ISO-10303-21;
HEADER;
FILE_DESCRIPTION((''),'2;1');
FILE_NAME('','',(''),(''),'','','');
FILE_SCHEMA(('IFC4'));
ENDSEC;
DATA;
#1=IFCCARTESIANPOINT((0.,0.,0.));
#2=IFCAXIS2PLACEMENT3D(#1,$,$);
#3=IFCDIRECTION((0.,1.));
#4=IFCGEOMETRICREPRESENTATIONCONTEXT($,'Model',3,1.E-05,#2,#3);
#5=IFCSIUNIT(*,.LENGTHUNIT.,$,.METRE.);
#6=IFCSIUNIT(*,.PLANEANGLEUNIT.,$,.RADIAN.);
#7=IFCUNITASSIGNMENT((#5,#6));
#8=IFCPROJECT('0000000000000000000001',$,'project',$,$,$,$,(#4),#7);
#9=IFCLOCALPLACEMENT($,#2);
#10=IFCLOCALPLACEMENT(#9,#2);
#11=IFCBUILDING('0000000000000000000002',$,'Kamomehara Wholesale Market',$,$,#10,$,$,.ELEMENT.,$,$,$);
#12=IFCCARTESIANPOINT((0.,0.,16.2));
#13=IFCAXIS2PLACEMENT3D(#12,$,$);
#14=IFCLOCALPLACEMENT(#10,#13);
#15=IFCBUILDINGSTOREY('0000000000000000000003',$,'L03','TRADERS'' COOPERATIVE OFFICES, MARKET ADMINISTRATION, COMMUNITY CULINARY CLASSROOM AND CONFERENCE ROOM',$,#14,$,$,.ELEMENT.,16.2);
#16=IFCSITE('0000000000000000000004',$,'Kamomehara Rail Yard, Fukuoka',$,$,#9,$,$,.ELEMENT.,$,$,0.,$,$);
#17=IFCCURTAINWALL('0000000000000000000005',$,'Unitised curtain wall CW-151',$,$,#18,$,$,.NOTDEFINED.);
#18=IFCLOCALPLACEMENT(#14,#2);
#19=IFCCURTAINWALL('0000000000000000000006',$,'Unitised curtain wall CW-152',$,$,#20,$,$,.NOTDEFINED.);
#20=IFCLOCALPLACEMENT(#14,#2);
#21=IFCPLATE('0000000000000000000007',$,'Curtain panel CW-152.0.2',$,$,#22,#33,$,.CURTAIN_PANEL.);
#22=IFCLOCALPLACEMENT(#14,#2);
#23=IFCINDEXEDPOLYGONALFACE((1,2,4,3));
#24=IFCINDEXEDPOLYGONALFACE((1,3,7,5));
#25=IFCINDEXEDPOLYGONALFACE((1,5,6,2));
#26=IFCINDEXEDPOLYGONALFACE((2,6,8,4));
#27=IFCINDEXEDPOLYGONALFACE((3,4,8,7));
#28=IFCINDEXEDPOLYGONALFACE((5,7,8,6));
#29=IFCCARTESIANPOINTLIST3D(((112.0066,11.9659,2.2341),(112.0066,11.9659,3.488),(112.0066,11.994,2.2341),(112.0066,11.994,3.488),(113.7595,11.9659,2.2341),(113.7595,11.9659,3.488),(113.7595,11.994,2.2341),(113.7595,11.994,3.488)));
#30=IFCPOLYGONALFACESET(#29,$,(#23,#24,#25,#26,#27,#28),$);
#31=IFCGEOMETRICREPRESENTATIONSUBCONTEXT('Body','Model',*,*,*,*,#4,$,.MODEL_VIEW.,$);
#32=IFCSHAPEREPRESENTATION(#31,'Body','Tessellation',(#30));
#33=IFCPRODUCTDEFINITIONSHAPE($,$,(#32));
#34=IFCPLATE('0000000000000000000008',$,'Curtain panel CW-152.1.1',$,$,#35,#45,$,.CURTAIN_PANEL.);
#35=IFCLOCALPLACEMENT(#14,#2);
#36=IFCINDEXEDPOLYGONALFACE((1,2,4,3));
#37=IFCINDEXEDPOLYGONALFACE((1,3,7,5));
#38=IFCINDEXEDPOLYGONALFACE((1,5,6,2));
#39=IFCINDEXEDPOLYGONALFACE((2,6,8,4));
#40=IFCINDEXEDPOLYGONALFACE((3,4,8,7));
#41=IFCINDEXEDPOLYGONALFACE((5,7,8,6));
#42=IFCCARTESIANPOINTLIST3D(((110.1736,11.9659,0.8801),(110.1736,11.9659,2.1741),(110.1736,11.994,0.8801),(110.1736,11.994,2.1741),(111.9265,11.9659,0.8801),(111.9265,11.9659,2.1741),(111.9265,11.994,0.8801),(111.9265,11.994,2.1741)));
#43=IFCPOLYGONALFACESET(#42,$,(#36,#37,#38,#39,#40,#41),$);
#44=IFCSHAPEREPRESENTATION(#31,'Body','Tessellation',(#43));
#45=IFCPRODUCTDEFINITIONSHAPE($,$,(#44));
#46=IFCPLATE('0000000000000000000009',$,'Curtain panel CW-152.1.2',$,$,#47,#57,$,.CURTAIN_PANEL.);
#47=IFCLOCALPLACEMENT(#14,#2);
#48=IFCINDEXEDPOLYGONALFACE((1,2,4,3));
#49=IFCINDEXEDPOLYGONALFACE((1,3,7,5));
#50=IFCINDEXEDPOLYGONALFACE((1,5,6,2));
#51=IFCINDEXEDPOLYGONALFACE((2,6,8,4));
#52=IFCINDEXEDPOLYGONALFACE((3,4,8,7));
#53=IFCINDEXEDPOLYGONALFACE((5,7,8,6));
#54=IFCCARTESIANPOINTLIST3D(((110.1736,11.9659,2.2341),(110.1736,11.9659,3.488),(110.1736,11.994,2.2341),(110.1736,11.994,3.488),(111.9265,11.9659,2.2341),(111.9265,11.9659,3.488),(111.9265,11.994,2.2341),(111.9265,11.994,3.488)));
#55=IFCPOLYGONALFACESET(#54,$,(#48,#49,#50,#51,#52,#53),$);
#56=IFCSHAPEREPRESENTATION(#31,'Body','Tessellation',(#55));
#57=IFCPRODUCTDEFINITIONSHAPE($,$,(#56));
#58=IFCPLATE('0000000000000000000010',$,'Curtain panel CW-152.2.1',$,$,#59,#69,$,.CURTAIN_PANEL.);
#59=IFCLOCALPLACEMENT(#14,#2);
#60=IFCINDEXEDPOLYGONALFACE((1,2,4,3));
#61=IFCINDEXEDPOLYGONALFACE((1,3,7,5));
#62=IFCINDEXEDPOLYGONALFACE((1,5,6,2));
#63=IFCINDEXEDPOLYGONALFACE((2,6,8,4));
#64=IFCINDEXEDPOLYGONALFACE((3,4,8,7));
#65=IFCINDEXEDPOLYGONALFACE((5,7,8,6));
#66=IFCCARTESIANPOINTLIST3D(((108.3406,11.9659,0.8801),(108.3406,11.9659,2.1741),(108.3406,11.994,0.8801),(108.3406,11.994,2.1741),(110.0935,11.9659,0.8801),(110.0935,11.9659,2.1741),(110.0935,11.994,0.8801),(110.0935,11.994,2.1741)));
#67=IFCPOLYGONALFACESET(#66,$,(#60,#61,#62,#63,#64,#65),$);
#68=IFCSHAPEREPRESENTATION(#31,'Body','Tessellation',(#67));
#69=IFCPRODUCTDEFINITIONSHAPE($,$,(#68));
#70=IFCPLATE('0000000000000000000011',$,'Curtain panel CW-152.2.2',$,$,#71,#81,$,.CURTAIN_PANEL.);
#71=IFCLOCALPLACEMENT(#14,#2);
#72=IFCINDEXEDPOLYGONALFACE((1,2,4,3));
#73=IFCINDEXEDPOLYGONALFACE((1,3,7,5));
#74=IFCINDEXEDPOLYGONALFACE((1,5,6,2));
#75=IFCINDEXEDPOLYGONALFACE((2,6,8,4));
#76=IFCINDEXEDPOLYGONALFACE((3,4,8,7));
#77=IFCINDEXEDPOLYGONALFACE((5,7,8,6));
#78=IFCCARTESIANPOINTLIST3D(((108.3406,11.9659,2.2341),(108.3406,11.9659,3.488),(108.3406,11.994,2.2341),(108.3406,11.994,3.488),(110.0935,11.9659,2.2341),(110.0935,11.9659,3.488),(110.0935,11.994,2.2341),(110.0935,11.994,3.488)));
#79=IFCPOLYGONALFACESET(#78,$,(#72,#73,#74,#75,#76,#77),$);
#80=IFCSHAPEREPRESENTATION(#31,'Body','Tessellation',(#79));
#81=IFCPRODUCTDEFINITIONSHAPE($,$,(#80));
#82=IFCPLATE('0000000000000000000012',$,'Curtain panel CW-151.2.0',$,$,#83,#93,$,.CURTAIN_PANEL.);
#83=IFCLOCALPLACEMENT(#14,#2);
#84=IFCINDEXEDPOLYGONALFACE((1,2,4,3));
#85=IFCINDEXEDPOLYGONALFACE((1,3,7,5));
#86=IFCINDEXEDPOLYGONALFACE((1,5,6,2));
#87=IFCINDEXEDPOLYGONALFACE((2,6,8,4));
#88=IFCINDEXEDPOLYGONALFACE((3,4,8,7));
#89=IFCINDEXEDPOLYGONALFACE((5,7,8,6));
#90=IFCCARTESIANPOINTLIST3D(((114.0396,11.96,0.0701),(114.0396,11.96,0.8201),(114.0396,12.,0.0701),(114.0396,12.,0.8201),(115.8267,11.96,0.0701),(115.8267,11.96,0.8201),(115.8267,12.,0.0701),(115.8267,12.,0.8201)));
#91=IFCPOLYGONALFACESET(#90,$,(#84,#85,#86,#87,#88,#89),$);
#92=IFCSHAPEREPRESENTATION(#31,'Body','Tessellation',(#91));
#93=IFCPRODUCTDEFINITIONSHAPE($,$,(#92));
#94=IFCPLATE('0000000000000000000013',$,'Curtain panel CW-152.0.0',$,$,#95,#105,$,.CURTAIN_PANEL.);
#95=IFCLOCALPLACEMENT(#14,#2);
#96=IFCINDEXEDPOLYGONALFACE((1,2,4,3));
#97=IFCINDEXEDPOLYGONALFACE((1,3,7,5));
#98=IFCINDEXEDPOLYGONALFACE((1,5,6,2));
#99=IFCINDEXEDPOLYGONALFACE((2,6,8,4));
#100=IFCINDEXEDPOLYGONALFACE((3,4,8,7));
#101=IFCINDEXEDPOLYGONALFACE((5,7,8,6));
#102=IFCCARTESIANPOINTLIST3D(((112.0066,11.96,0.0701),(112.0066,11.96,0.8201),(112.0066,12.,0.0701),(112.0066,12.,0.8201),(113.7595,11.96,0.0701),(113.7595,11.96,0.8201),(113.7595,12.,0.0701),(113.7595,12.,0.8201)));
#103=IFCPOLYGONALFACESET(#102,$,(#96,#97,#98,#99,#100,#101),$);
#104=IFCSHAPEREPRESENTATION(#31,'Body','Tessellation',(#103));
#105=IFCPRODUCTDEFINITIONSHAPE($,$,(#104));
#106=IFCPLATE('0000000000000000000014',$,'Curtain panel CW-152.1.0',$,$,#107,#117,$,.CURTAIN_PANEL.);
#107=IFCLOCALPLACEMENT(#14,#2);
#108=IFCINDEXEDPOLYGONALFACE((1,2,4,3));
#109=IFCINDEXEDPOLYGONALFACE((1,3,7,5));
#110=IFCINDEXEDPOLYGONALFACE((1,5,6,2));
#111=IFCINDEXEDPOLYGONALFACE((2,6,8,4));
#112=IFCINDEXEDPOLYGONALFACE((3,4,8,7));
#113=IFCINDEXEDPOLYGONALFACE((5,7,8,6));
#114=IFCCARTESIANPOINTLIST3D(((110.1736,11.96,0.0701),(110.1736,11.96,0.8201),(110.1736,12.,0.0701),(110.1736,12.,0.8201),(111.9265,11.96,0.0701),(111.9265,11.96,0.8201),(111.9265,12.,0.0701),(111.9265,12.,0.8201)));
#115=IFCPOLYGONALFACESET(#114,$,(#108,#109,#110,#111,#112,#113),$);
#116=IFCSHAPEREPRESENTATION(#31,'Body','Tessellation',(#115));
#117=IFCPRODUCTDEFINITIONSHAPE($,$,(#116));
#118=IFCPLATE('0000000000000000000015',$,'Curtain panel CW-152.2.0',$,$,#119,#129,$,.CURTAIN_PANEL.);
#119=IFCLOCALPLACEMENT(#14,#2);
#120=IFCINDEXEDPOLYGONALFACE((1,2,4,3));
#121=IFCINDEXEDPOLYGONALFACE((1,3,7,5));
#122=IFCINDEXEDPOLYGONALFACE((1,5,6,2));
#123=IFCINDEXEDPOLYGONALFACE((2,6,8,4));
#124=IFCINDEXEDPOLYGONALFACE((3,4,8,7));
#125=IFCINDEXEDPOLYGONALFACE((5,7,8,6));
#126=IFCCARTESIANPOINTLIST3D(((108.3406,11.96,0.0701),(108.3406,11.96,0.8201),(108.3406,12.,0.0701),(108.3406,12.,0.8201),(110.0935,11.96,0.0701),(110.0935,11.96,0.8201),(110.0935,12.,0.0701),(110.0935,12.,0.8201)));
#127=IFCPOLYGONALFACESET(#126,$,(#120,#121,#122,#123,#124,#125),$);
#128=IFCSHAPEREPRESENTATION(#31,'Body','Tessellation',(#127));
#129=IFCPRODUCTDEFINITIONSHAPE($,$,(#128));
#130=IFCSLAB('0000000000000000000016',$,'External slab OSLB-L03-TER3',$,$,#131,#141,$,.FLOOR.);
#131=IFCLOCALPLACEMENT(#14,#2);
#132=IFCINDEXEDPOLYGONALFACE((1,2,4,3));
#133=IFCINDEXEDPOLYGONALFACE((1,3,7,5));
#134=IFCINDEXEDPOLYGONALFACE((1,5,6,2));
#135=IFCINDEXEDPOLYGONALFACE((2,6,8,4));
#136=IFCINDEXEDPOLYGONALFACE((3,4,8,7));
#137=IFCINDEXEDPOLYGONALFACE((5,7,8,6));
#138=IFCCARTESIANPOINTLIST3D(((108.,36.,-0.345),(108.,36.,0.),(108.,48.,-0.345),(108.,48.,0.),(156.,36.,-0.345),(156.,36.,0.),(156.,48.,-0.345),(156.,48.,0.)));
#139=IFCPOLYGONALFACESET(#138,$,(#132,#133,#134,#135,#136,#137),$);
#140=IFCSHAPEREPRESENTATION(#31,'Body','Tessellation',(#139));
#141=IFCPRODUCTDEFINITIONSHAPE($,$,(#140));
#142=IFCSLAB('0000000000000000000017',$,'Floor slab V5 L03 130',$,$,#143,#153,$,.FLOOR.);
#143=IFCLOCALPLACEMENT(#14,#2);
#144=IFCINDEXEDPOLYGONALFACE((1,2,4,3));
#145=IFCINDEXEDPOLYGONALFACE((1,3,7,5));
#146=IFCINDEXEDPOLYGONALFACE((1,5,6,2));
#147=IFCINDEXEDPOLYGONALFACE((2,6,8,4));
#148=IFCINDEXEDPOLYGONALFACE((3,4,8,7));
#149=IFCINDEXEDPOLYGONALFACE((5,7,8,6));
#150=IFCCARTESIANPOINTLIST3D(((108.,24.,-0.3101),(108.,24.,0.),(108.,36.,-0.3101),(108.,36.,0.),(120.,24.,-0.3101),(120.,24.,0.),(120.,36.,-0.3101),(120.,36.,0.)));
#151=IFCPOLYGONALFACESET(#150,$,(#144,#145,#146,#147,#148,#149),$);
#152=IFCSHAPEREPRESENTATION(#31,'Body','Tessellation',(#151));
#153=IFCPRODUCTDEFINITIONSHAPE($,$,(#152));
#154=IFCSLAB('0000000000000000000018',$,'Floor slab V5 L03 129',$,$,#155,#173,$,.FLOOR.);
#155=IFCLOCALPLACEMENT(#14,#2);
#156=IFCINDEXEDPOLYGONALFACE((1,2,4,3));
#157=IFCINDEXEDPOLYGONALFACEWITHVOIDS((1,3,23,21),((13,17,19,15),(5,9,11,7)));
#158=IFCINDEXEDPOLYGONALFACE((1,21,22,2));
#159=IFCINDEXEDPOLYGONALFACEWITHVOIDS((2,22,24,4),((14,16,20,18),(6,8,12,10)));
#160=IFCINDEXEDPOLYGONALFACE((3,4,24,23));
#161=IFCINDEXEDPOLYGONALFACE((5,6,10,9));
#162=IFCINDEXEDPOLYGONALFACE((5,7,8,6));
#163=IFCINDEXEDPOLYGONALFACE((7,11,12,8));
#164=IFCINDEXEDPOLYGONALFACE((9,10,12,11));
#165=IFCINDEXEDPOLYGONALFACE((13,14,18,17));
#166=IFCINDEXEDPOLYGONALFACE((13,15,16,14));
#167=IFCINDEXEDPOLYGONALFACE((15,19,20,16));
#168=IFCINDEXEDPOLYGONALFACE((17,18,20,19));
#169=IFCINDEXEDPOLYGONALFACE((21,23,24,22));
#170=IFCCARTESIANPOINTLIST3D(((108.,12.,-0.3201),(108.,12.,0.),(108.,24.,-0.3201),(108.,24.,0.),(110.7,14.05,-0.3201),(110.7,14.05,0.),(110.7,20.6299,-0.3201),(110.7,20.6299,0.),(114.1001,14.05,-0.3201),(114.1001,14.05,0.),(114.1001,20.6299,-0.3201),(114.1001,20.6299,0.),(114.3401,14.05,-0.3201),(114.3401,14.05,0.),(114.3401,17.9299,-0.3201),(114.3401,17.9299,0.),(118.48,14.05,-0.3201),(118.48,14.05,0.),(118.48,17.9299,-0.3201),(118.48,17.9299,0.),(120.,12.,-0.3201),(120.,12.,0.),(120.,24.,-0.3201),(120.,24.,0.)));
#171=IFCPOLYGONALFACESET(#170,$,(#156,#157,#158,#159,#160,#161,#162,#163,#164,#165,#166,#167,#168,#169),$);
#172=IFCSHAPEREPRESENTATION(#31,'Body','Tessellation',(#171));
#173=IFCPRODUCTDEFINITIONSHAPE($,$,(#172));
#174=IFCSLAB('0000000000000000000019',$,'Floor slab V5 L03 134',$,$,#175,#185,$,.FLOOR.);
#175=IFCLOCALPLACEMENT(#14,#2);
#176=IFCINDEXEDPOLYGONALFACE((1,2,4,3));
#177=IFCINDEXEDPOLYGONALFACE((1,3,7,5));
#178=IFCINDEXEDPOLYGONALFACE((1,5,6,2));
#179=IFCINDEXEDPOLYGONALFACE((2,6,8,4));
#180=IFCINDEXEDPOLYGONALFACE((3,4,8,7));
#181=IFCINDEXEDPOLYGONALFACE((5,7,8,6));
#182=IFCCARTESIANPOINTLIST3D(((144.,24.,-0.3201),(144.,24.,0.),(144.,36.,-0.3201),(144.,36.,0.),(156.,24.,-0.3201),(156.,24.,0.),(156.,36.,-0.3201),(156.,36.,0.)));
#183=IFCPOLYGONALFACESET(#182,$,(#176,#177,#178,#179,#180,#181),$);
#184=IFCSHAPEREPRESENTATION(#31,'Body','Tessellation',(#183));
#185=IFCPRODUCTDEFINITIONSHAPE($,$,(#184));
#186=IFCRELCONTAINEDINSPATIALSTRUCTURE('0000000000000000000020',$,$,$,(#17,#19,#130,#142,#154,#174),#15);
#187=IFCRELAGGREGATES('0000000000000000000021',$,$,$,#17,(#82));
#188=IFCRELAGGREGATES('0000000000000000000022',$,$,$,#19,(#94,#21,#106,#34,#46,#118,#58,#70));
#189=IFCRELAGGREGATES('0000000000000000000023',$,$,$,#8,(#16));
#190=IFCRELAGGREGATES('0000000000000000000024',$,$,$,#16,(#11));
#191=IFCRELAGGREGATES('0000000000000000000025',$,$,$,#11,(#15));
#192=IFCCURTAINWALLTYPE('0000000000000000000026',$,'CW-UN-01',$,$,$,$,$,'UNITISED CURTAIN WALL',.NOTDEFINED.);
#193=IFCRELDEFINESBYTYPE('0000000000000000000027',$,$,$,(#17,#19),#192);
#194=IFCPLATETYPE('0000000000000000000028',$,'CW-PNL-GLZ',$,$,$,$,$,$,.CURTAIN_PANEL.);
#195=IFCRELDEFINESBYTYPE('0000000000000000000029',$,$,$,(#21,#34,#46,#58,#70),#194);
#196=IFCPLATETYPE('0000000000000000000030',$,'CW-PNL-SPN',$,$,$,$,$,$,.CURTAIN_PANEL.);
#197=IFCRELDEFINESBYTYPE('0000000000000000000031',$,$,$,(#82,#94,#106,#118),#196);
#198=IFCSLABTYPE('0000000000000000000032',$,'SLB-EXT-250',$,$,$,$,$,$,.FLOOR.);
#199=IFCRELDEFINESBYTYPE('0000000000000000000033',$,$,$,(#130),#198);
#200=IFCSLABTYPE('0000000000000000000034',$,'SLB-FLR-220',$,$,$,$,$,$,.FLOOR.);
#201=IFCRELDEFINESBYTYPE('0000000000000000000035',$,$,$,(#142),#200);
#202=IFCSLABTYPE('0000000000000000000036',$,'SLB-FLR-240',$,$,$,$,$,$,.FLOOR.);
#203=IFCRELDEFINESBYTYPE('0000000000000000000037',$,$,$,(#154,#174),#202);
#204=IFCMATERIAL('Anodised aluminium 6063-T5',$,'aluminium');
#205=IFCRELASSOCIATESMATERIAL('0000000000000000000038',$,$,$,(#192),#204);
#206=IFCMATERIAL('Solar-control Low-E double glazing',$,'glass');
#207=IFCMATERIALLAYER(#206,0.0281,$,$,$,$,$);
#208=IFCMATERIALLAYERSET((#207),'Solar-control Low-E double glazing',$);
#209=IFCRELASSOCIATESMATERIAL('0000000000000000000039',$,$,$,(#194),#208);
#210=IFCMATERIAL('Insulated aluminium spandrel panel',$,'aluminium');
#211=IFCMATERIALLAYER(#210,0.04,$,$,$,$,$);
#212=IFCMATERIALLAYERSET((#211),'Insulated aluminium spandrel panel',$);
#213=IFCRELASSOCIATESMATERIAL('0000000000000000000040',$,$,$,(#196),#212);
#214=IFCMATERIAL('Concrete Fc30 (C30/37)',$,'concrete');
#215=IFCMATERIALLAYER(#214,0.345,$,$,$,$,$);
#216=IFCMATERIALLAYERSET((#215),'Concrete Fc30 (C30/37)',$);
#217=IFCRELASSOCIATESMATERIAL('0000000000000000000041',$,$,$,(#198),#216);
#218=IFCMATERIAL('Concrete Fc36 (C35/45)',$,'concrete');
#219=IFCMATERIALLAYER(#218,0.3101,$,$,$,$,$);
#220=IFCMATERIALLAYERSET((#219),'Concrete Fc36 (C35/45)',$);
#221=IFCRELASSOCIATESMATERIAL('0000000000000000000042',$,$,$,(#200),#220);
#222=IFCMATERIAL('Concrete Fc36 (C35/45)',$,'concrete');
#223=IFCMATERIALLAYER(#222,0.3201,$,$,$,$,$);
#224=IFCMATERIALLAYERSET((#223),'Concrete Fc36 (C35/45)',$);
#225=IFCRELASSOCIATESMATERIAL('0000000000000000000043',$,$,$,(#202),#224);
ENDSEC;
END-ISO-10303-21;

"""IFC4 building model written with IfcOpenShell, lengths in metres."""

from ifc_helpers import new_model, si_unit, direction, frame, origin, origin_2d, place, context, subcontext, project, spatial, polyline, rectangle, outline, extrude, material, layer, layer_set, type_object, element, aggregate, save


model = new_model("IFC4")

# Units and contexts
model_context = context("Model", 3, precision=1e-05, world=origin(), true_north=direction((0.0, 1.0)))
body_context = subcontext(model_context, "Body", "Model", "MODEL_VIEW")
ifc_project = project(units=[si_unit("LENGTHUNIT", "METRE"), si_unit("PLANEANGLEUNIT", "RADIAN")], contexts=[model_context])

# Site, building, storey
site_placement = place(None, origin())
site = spatial("IfcSite", under=ifc_project, at=site_placement, Name="Kamomehara Rail Yard, Fukuoka", CompositionType="ELEMENT", RefElevation=0.0)
building_placement = place(site_placement, origin())
building = spatial("IfcBuilding", under=site, at=building_placement, Name="Kamomehara Wholesale Market", CompositionType="ELEMENT")
storey_placement = place(building_placement, frame((0.0, 0.0, 16.2)))
storey = spatial("IfcBuildingStorey", under=building, at=storey_placement, Name="L03", Description="TRADERS' COOPERATIVE OFFICES, MARKET ADMINISTRATION, COMMUNITY CULINARY CLASSROOM AND CONFERENCE ROOM", CompositionType="ELEMENT", Elevation=16.2)

# Curtain wall
ifc_material_1 = material(Name="Anodised aluminium 6063-T5", Category="aluminium")
curtain_wall_type = type_object("IfcCurtainWallType", Name="CW-UN-01", ElementType="UNITISED CURTAIN WALL", PredefinedType="NOTDEFINED", material=ifc_material_1)
curtain_wall_1_placement = place(storey_placement, origin())
curtain_wall_1 = element("IfcCurtainWall", 1, at=curtain_wall_1_placement, inside=storey, type_object=curtain_wall_type, Name="Unitised curtain wall CW-151", PredefinedType="NOTDEFINED")

# Curtain wall
curtain_wall_2_placement = place(storey_placement, origin())
curtain_wall_2 = element("IfcCurtainWall", 2, at=curtain_wall_2_placement, inside=storey, type_object=curtain_wall_type, Name="Unitised curtain wall CW-152", PredefinedType="NOTDEFINED")

# Plates
ifc_material_2 = material(Name="Solar-control Low-E double glazing", Category="glass")
ifc_layer_1 = layer(ifc_material_2, 0.0281)
ifc_layer_set_1 = layer_set([ifc_layer_1], Name="Solar-control Low-E double glazing")
plate_type_1 = type_object("IfcPlateType", Name="CW-PNL-GLZ", PredefinedType="CURTAIN_PANEL", material=ifc_layer_set_1)
plate_1_placement = place(storey_placement, frame((112.8831, 11.98, 2.2341), z_axis=(0.0, 0.0, 1.0), x_axis=(-1.0, 0.0, 0.0)))
plate_1 = element("IfcPlate", 3, at=plate_1_placement, type_object=plate_type_1, Name="Curtain panel CW-152.0.2", PredefinedType="CURTAIN_PANEL", context=body_context, shape_type="SweptSolid", body=[
    extrude(rectangle(XDim=1.7529, YDim=0.0281, at=origin_2d()), origin(), (0.0, 0.0, 1.0), 1.2539),
])
plate_2_placement = place(storey_placement, frame((111.05, 11.98, 0.8801), z_axis=(0.0, 0.0, 1.0), x_axis=(-1.0, 0.0, 0.0)))
plate_2 = element("IfcPlate", 4, at=plate_2_placement, type_object=plate_type_1, Name="Curtain panel CW-152.1.1", PredefinedType="CURTAIN_PANEL", context=body_context, shape_type="SweptSolid", body=[
    extrude(rectangle(XDim=1.7529, YDim=0.0281, at=origin_2d()), origin(), (0.0, 0.0, 1.0), 1.2939),
])
plate_3_placement = place(storey_placement, frame((111.05, 11.98, 2.2341), z_axis=(0.0, 0.0, 1.0), x_axis=(-1.0, 0.0, 0.0)))
plate_3 = element("IfcPlate", 5, at=plate_3_placement, type_object=plate_type_1, Name="Curtain panel CW-152.1.2", PredefinedType="CURTAIN_PANEL", context=body_context, shape_type="SweptSolid", body=[
    extrude(rectangle(XDim=1.7529, YDim=0.0281, at=origin_2d()), origin(), (0.0, 0.0, 1.0), 1.2539),
])
plate_4_placement = place(storey_placement, frame((109.217, 11.98, 0.8801), z_axis=(0.0, 0.0, 1.0), x_axis=(-1.0, 0.0, 0.0)))
plate_4 = element("IfcPlate", 6, at=plate_4_placement, type_object=plate_type_1, Name="Curtain panel CW-152.2.1", PredefinedType="CURTAIN_PANEL", context=body_context, shape_type="SweptSolid", body=[
    extrude(rectangle(XDim=1.7529, YDim=0.0281, at=origin_2d()), origin(), (0.0, 0.0, 1.0), 1.2939),
])
plate_5_placement = place(storey_placement, frame((109.217, 11.98, 2.2341), z_axis=(0.0, 0.0, 1.0), x_axis=(-1.0, 0.0, 0.0)))
plate_5 = element("IfcPlate", 7, at=plate_5_placement, type_object=plate_type_1, Name="Curtain panel CW-152.2.2", PredefinedType="CURTAIN_PANEL", context=body_context, shape_type="SweptSolid", body=[
    extrude(rectangle(XDim=1.7529, YDim=0.0281, at=origin_2d()), origin(), (0.0, 0.0, 1.0), 1.2539),
])
ifc_material_3 = material(Name="Insulated aluminium spandrel panel", Category="aluminium")
ifc_layer_2 = layer(ifc_material_3, 0.04)
ifc_layer_set_2 = layer_set([ifc_layer_2], Name="Insulated aluminium spandrel panel")
plate_type_2 = type_object("IfcPlateType", Name="CW-PNL-SPN", PredefinedType="CURTAIN_PANEL", material=ifc_layer_set_2)
plate_6_placement = place(storey_placement, frame((114.9331, 11.98, 0.0701), z_axis=(0.0, 0.0, 1.0), x_axis=(-1.0, 0.0, 0.0)))
plate_6 = element("IfcPlate", 8, at=plate_6_placement, type_object=plate_type_2, Name="Curtain panel CW-151.2.0", PredefinedType="CURTAIN_PANEL", context=body_context, shape_type="SweptSolid", body=[
    extrude(rectangle(XDim=1.7871, YDim=0.04, at=origin_2d()), origin(), (0.0, 0.0, 1.0), 0.75),
])
aggregate(curtain_wall_1, [plate_6])
plate_7_placement = place(storey_placement, frame((112.8831, 11.98, 0.0701), z_axis=(0.0, 0.0, 1.0), x_axis=(-1.0, 0.0, 0.0)))
plate_7 = element("IfcPlate", 9, at=plate_7_placement, type_object=plate_type_2, Name="Curtain panel CW-152.0.0", PredefinedType="CURTAIN_PANEL", context=body_context, shape_type="SweptSolid", body=[
    extrude(rectangle(XDim=1.7529, YDim=0.04, at=origin_2d()), origin(), (0.0, 0.0, 1.0), 0.75),
])
plate_8_placement = place(storey_placement, frame((111.05, 11.98, 0.0701), z_axis=(0.0, 0.0, 1.0), x_axis=(-1.0, 0.0, 0.0)))
plate_8 = element("IfcPlate", 10, at=plate_8_placement, type_object=plate_type_2, Name="Curtain panel CW-152.1.0", PredefinedType="CURTAIN_PANEL", context=body_context, shape_type="SweptSolid", body=[
    extrude(rectangle(XDim=1.7529, YDim=0.04, at=origin_2d()), origin(), (0.0, 0.0, 1.0), 0.75),
])
plate_9_placement = place(storey_placement, frame((109.217, 11.98, 0.0701), z_axis=(0.0, 0.0, 1.0), x_axis=(-1.0, 0.0, 0.0)))
plate_9 = element("IfcPlate", 11, at=plate_9_placement, type_object=plate_type_2, Name="Curtain panel CW-152.2.0", PredefinedType="CURTAIN_PANEL", context=body_context, shape_type="SweptSolid", body=[
    extrude(rectangle(XDim=1.7529, YDim=0.04, at=origin_2d()), origin(), (0.0, 0.0, 1.0), 0.75),
])
aggregate(curtain_wall_2, [plate_7, plate_1, plate_8, plate_2, plate_3, plate_9, plate_4, plate_5])

# Slabs
ifc_material_4 = material(Name="Concrete Fc30 (C30/37)", Category="concrete")
ifc_layer_3 = layer(ifc_material_4, 0.345)
ifc_layer_set_3 = layer_set([ifc_layer_3], Name="Concrete Fc30 (C30/37)")
slab_type_1 = type_object("IfcSlabType", Name="SLB-EXT-250", PredefinedType="FLOOR", material=ifc_layer_set_3)
slab_1_placement = place(storey_placement, frame((0.0, 0.0, -0.345)))
element("IfcSlab", 12, at=slab_1_placement, inside=storey, type_object=slab_type_1, Name="External slab OSLB-L03-TER3", PredefinedType="FLOOR", context=body_context, shape_type="SweptSolid", body=[
    extrude(outline(polyline([(108.0, 36.0), (156.0, 36.0), (156.0, 48.0), (108.0, 48.0), (108.0, 36.0)])), origin(), (0.0, 0.0, 1.0), 0.345),
])
ifc_material_5 = material(Name="Concrete Fc36 (C35/45)", Category="concrete")
ifc_layer_4 = layer(ifc_material_5, 0.3101)
ifc_layer_set_4 = layer_set([ifc_layer_4], Name="Concrete Fc36 (C35/45)")
slab_type_2 = type_object("IfcSlabType", Name="SLB-FLR-220", PredefinedType="FLOOR", material=ifc_layer_set_4)
slab_2_placement = place(storey_placement, frame((0.0, 0.0, -0.3101)))
element("IfcSlab", 13, at=slab_2_placement, inside=storey, type_object=slab_type_2, Name="Floor slab V5 L03 130", PredefinedType="FLOOR", context=body_context, shape_type="SweptSolid", body=[
    extrude(outline(polyline([(120.0, 24.0), (108.0, 24.0), (108.0, 36.0), (120.0, 36.0), (120.0, 24.0)])), origin(), (0.0, 0.0, 1.0), 0.3101),
])
ifc_material_6 = material(Name="Concrete Fc36 (C35/45)", Category="concrete")
ifc_layer_5 = layer(ifc_material_6, 0.3201)
ifc_layer_set_5 = layer_set([ifc_layer_5], Name="Concrete Fc36 (C35/45)")
slab_type_3 = type_object("IfcSlabType", Name="SLB-FLR-240", PredefinedType="FLOOR", material=ifc_layer_set_5)
slab_3_placement = place(storey_placement, frame((0.0, 0.0, -0.3201)))
element("IfcSlab", 14, at=slab_3_placement, inside=storey, type_object=slab_type_3, Name="Floor slab V5 L03 129", PredefinedType="FLOOR", context=body_context, shape_type="SweptSolid", body=[
    extrude(outline(polyline([(120.0, 24.0), (120.0, 12.0), (108.0, 12.0), (108.0, 24.0), (120.0, 24.0)]), holes=[polyline([(114.1001, 14.05), (114.1001, 20.6299), (110.7, 20.6299), (110.7, 14.05), (114.1001, 14.05)]), polyline([(118.48, 14.05), (118.48, 17.9299), (114.3401, 17.9299), (114.3401, 14.05), (118.48, 14.05)])]), origin(), (0.0, 0.0, 1.0), 0.3201),
])
slab_4_placement = place(storey_placement, frame((0.0, 0.0, -0.3201)))
element("IfcSlab", 15, at=slab_4_placement, inside=storey, type_object=slab_type_3, Name="Floor slab V5 L03 134", PredefinedType="FLOOR", context=body_context, shape_type="SweptSolid", body=[
    extrude(outline(polyline([(156.0, 24.0), (144.0, 24.0), (144.0, 36.0), (156.0, 36.0), (156.0, 24.0)])), origin(), (0.0, 0.0, 1.0), 0.3201),
])

save(model, "model.ifc")
